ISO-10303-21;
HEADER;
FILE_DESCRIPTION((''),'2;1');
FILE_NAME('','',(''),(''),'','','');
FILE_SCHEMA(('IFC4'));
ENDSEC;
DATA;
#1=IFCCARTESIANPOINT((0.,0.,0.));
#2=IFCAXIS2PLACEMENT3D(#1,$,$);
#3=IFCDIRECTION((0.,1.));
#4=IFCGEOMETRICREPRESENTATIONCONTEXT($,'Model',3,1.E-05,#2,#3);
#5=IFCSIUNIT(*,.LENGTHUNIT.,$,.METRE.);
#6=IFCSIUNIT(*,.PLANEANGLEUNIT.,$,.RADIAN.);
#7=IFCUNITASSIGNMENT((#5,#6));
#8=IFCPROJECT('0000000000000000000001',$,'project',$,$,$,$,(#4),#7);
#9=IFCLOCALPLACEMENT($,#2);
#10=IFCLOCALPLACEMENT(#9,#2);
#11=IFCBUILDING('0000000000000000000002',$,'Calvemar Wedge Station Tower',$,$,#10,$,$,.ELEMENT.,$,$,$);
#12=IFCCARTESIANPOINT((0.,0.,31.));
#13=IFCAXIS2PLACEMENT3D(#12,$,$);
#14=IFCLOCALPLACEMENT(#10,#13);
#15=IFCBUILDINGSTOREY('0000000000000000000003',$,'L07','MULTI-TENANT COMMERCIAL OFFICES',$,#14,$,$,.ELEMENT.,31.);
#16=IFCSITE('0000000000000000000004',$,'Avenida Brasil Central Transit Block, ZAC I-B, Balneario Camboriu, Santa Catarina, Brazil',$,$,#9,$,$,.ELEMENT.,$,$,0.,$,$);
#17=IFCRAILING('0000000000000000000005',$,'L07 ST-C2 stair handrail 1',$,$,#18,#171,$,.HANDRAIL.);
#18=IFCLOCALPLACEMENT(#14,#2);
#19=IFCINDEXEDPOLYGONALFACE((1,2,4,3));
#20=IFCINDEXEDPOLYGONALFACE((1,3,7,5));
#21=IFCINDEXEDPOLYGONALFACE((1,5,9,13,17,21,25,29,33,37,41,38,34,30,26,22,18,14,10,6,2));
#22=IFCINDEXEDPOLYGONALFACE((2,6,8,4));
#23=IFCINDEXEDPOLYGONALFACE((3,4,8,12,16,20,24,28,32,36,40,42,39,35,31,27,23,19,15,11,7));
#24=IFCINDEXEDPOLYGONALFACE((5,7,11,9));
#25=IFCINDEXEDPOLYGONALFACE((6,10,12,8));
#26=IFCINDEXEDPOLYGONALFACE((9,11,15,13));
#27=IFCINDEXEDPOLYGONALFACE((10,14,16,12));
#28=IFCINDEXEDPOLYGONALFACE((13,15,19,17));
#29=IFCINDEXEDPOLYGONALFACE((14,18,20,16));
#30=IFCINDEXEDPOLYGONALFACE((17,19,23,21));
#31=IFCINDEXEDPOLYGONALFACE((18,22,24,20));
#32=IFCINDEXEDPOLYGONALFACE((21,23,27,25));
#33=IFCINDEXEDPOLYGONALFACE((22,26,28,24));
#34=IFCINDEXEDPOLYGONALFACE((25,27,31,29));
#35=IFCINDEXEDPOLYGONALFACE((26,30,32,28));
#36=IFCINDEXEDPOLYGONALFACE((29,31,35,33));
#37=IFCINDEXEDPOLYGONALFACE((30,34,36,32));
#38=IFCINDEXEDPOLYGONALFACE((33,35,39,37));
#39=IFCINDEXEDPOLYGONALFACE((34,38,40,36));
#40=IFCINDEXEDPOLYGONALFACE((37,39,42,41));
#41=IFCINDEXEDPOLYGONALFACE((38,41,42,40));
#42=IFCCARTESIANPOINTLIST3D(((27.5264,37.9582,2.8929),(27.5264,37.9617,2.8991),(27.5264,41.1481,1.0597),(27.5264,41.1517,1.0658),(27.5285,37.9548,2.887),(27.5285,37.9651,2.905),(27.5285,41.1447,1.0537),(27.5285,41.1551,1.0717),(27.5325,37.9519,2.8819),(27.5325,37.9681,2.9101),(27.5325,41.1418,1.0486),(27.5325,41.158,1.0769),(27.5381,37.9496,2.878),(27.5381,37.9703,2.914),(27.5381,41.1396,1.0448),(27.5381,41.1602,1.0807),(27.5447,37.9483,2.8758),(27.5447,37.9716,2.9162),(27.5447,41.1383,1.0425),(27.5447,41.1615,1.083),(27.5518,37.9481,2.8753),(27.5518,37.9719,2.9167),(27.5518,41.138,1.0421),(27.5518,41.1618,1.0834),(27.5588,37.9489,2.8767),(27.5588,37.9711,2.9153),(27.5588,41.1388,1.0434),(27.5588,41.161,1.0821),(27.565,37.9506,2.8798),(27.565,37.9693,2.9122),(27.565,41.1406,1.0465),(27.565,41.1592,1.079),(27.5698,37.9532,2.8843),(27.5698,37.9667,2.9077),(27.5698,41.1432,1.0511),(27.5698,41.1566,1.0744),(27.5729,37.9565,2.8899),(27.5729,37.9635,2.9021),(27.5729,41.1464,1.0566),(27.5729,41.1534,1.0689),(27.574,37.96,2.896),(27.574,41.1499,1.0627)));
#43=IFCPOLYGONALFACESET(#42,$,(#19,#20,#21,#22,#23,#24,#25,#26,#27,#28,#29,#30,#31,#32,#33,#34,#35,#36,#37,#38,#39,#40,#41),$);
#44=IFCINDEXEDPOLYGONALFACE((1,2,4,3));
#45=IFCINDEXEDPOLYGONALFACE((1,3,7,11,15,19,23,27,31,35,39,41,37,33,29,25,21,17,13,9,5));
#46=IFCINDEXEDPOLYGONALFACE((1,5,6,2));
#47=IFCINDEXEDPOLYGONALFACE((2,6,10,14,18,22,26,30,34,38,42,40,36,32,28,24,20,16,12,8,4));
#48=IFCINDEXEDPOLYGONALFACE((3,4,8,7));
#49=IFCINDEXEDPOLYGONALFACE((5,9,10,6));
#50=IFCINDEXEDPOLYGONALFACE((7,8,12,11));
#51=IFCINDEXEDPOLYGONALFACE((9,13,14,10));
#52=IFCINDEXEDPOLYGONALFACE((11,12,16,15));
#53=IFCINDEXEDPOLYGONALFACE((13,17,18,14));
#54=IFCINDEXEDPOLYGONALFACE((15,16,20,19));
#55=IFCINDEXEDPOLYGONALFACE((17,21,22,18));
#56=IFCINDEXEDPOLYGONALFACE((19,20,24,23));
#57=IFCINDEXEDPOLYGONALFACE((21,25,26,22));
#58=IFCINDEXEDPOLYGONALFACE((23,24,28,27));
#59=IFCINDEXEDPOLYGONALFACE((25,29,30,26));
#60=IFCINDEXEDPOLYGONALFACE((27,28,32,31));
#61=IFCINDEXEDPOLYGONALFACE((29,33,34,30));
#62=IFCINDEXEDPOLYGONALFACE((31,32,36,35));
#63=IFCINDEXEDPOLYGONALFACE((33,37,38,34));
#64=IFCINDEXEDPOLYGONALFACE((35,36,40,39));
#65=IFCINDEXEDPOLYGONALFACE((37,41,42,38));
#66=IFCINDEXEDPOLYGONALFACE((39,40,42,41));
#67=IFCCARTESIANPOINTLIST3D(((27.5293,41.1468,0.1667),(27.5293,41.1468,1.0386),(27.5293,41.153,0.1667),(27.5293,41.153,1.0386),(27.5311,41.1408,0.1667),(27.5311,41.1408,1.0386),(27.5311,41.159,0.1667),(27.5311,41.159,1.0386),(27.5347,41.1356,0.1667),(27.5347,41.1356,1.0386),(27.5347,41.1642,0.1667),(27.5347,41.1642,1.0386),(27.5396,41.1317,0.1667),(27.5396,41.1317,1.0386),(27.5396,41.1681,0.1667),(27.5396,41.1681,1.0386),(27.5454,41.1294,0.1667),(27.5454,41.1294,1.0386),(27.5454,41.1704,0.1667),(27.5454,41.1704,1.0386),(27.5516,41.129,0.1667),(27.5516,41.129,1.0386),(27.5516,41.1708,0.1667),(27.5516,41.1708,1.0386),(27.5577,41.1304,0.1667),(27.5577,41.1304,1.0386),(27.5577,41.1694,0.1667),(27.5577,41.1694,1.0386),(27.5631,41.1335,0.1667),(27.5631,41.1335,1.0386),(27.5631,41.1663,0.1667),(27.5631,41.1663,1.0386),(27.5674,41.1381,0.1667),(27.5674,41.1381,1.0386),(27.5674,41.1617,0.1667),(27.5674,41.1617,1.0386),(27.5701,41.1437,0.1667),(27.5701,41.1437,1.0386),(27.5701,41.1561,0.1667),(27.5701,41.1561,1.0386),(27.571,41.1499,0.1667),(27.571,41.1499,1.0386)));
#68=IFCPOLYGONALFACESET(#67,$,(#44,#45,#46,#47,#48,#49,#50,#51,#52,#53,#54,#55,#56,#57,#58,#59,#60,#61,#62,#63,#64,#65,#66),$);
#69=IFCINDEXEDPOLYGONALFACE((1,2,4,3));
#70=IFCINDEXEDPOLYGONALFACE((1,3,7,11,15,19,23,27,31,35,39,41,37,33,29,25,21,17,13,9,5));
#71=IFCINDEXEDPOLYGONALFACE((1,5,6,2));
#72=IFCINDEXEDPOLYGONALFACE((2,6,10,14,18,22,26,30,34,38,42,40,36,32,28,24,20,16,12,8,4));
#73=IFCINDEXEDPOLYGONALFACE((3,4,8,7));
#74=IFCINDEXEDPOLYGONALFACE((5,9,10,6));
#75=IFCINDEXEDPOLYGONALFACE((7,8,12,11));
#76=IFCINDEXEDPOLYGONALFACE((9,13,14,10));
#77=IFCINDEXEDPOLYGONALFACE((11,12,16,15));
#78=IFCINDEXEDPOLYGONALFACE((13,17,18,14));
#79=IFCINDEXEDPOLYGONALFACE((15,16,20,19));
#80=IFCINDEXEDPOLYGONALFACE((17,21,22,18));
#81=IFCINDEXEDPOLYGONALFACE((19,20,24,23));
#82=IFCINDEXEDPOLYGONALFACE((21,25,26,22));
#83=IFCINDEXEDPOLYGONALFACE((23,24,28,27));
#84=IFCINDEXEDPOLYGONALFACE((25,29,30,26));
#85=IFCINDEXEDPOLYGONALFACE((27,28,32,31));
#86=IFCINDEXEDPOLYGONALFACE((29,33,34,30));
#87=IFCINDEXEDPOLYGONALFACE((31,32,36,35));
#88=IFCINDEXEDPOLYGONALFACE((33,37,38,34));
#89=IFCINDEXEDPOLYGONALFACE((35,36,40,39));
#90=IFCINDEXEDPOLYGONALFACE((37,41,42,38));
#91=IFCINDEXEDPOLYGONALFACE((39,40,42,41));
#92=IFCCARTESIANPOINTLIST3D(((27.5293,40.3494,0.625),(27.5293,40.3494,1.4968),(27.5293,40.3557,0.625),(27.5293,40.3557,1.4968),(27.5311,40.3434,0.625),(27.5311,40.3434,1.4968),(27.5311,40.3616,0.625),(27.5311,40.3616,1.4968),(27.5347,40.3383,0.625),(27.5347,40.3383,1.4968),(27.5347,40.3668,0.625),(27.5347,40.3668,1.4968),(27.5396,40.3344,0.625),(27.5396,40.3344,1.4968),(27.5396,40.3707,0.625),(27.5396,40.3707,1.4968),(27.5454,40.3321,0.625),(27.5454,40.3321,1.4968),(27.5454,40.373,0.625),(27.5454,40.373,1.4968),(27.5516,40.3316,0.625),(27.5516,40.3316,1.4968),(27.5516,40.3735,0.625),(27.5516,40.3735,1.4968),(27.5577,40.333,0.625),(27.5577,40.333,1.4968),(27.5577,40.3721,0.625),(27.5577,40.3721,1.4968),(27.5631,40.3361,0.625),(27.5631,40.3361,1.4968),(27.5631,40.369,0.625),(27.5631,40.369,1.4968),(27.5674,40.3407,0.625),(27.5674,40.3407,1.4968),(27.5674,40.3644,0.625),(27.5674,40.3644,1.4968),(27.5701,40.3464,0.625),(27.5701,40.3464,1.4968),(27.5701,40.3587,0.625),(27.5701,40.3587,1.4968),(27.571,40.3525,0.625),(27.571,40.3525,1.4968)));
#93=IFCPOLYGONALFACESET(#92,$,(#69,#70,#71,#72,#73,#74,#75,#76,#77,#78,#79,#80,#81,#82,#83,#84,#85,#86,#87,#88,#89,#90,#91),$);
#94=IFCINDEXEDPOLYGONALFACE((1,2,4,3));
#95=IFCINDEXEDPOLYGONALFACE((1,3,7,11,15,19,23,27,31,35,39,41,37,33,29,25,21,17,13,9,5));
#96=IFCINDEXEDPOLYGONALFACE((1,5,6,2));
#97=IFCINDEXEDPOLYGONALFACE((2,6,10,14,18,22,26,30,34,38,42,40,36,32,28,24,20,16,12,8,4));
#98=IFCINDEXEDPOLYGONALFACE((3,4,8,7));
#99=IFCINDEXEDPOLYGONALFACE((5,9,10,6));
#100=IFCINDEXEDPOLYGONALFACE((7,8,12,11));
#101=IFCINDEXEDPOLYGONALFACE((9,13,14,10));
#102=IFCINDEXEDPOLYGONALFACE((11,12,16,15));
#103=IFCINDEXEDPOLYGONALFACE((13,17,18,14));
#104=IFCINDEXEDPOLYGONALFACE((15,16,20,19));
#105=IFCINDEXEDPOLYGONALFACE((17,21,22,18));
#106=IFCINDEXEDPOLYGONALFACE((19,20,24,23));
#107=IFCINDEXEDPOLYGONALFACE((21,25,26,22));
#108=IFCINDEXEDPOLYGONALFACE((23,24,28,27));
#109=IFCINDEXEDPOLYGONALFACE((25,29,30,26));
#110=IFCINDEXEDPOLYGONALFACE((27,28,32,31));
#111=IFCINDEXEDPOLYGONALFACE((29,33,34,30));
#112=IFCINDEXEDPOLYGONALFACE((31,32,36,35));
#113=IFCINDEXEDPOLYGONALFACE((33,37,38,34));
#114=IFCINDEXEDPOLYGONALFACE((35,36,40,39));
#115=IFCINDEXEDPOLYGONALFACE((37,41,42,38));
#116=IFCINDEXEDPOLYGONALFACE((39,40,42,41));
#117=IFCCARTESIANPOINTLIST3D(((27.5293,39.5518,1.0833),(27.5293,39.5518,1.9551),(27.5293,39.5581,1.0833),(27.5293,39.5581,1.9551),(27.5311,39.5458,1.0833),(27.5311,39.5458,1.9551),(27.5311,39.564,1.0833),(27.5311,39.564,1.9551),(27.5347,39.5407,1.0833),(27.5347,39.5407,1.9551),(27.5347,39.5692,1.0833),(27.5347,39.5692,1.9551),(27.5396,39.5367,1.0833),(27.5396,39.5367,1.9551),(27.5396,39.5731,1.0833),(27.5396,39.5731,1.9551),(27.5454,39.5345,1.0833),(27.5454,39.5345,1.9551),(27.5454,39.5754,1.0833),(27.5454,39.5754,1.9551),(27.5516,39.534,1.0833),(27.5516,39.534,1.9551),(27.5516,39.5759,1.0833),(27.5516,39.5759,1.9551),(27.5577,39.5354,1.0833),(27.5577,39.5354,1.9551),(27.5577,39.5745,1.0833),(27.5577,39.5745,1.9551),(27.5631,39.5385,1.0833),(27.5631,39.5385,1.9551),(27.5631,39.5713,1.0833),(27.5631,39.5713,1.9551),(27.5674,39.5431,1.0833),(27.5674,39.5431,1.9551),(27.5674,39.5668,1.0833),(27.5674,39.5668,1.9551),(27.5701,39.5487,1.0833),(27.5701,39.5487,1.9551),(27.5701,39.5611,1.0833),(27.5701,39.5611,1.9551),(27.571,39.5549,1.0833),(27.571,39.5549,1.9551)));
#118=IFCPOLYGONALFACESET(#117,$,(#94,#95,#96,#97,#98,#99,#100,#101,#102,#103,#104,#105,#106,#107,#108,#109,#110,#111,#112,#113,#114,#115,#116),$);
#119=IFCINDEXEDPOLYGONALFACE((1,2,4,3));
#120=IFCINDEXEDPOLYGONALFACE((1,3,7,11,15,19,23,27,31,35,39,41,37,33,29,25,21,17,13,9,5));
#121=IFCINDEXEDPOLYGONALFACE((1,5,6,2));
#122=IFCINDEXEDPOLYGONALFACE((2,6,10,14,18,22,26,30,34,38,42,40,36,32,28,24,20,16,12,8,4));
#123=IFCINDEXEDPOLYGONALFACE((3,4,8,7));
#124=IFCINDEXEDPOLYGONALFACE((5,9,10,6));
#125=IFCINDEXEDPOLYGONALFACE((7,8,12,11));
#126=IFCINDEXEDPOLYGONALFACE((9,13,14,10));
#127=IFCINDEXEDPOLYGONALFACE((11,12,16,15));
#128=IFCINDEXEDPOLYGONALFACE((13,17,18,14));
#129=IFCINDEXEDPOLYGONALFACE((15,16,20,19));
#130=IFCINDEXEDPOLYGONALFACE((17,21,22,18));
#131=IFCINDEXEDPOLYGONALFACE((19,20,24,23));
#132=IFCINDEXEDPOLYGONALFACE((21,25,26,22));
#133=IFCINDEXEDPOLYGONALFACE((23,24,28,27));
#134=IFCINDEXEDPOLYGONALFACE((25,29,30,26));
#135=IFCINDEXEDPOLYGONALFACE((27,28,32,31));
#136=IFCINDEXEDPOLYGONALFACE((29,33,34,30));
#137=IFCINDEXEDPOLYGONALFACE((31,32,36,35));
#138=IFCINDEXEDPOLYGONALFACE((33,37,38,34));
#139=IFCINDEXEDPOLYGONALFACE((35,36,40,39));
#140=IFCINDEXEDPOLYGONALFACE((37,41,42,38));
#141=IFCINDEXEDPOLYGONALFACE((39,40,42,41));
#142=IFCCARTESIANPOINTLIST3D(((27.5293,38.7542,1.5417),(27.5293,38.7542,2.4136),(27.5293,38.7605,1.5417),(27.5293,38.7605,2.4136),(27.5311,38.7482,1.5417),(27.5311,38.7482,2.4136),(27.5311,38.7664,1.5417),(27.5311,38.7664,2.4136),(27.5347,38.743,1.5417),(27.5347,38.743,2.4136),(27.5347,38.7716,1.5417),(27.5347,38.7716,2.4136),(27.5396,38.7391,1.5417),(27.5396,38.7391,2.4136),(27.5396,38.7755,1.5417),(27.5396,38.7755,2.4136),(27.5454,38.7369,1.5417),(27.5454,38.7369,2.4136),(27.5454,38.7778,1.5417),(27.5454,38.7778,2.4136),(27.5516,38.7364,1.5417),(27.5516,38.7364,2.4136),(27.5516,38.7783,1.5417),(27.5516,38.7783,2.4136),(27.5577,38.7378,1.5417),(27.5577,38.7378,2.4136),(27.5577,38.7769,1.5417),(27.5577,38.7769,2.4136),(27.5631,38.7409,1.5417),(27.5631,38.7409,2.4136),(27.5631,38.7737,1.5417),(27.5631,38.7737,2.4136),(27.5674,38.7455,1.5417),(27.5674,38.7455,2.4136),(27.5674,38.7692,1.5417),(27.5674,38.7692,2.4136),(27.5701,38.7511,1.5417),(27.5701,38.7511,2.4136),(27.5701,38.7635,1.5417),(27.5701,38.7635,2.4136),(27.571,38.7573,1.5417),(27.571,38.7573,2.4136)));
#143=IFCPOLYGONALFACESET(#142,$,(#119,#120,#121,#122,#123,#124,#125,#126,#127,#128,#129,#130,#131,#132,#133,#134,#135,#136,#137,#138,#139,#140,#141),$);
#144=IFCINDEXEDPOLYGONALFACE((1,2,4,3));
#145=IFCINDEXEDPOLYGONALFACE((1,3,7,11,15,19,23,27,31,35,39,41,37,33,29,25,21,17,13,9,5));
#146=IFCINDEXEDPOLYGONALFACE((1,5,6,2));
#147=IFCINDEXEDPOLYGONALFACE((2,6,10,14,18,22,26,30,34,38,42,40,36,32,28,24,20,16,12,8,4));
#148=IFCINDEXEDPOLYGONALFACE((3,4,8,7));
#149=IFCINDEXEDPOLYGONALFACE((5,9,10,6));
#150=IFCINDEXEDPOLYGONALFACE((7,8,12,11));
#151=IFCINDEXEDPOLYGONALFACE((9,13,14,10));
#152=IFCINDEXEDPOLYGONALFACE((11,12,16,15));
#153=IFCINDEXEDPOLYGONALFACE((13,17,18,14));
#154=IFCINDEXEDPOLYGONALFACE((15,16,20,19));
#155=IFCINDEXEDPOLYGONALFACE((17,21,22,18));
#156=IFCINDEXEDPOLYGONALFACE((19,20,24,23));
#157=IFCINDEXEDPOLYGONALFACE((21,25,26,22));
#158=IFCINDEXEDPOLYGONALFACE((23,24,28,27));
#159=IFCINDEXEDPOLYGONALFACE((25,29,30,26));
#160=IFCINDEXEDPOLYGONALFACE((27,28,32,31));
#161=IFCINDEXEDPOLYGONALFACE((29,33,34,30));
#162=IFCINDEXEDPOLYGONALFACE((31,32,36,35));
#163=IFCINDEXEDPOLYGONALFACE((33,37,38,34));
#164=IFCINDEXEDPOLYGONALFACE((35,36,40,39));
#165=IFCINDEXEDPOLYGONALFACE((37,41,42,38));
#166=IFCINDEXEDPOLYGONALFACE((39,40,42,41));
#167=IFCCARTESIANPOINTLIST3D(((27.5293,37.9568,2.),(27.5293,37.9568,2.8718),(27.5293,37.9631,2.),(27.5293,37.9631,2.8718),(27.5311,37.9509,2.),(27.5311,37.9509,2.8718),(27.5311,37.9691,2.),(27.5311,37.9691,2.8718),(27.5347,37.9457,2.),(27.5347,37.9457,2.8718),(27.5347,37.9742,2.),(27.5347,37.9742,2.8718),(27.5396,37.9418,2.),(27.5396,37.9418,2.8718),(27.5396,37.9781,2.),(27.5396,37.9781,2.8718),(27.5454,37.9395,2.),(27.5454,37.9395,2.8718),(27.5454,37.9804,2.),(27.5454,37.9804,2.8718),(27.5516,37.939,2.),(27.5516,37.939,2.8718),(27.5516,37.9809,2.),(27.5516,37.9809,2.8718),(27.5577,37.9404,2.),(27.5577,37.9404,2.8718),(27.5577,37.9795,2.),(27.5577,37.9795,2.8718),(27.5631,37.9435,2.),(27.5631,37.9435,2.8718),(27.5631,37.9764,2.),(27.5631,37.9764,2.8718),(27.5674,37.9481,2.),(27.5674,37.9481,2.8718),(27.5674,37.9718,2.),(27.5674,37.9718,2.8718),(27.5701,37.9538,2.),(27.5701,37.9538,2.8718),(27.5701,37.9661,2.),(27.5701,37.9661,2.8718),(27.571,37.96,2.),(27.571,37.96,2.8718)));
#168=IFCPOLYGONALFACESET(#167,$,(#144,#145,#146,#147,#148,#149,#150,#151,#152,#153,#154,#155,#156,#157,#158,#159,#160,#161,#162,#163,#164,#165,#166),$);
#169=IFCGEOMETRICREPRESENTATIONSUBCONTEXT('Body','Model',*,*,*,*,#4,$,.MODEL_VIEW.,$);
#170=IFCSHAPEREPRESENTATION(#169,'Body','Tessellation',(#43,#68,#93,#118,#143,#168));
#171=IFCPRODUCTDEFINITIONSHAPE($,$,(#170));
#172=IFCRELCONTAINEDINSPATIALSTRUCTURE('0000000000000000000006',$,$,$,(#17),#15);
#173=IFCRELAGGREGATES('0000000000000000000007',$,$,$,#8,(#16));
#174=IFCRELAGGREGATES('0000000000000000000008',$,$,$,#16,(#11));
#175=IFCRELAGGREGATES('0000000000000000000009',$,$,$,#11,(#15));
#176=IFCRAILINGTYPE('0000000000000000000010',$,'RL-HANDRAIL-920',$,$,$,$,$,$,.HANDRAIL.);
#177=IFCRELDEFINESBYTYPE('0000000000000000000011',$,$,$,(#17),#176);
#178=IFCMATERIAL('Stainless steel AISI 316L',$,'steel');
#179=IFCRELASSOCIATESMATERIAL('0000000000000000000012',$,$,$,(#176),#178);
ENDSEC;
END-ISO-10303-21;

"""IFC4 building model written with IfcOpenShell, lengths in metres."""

from ifc_helpers import new_model, si_unit, direction, frame, origin, origin_2d, place, context, subcontext, project, spatial, circle, extrude, material, type_object, element, save


model = new_model("IFC4")

# Units and contexts
model_context = context("Model", 3, precision=1e-05, world=origin(), true_north=direction((0.0, 1.0)))
body_context = subcontext(model_context, "Body", "Model", "MODEL_VIEW")
ifc_project = project(units=[si_unit("LENGTHUNIT", "METRE"), si_unit("PLANEANGLEUNIT", "RADIAN")], contexts=[model_context])

# Site, building, storey
site_placement = place(None, origin())
site = spatial("IfcSite", under=ifc_project, at=site_placement, Name="Avenida Brasil Central Transit Block, ZAC I-B, Balneario Camboriu, Santa Catarina, Brazil", CompositionType="ELEMENT", RefElevation=0.0)
building_placement = place(site_placement, origin())
building = spatial("IfcBuilding", under=site, at=building_placement, Name="Calvemar Wedge Station Tower", CompositionType="ELEMENT")
storey_placement = place(building_placement, frame((0.0, 0.0, 31.0)))
storey = spatial("IfcBuildingStorey", under=building, at=storey_placement, Name="L07", Description="MULTI-TENANT COMMERCIAL OFFICES", CompositionType="ELEMENT", Elevation=31.0)

# Railing
ifc_material_1 = material(Name="Stainless steel AISI 316L", Category="steel")
railing_type_1 = type_object("IfcRailingType", Name="RL-HANDRAIL-920", PredefinedType="HANDRAIL", material=ifc_material_1)
railing_1_placement = place(storey_placement, frame((27.55, 41.1499, 0.1667)))
element("IfcRailing", 1, at=railing_1_placement, inside=storey, type_object=railing_type_1, Name="L07 ST-C2 stair handrail 1", PredefinedType="HANDRAIL", context=body_context, shape_type="SweptSolid", body=[
    extrude(circle(Radius=0.0239, at=origin_2d()), frame((0.0, 0.0, 0.896), z_axis=(0.0, -0.86702, 0.498274), x_axis=(1.0, 0.0, 0.0)), (0.0, 0.0, 1.0), 3.6792),
    extrude(circle(Radius=0.021, at=origin_2d()), origin(), (0.0, 0.0, 1.0), 0.8718),
    extrude(circle(Radius=0.021, at=origin_2d()), frame((0.0, -0.7974, 0.4583)), (0.0, 0.0, 1.0), 0.8718),
    extrude(circle(Radius=0.021, at=origin_2d()), frame((0.0, -1.595, 0.9165)), (0.0, 0.0, 1.0), 0.8718),
    extrude(circle(Radius=0.021, at=origin_2d()), frame((0.0, -2.3926, 1.375)), (0.0, 0.0, 1.0), 0.8718),
    extrude(circle(Radius=0.021, at=origin_2d()), frame((0.0, -3.1899, 1.8333)), (0.0, 0.0, 1.0), 0.8718),
])

save(model, "model.ifc")
